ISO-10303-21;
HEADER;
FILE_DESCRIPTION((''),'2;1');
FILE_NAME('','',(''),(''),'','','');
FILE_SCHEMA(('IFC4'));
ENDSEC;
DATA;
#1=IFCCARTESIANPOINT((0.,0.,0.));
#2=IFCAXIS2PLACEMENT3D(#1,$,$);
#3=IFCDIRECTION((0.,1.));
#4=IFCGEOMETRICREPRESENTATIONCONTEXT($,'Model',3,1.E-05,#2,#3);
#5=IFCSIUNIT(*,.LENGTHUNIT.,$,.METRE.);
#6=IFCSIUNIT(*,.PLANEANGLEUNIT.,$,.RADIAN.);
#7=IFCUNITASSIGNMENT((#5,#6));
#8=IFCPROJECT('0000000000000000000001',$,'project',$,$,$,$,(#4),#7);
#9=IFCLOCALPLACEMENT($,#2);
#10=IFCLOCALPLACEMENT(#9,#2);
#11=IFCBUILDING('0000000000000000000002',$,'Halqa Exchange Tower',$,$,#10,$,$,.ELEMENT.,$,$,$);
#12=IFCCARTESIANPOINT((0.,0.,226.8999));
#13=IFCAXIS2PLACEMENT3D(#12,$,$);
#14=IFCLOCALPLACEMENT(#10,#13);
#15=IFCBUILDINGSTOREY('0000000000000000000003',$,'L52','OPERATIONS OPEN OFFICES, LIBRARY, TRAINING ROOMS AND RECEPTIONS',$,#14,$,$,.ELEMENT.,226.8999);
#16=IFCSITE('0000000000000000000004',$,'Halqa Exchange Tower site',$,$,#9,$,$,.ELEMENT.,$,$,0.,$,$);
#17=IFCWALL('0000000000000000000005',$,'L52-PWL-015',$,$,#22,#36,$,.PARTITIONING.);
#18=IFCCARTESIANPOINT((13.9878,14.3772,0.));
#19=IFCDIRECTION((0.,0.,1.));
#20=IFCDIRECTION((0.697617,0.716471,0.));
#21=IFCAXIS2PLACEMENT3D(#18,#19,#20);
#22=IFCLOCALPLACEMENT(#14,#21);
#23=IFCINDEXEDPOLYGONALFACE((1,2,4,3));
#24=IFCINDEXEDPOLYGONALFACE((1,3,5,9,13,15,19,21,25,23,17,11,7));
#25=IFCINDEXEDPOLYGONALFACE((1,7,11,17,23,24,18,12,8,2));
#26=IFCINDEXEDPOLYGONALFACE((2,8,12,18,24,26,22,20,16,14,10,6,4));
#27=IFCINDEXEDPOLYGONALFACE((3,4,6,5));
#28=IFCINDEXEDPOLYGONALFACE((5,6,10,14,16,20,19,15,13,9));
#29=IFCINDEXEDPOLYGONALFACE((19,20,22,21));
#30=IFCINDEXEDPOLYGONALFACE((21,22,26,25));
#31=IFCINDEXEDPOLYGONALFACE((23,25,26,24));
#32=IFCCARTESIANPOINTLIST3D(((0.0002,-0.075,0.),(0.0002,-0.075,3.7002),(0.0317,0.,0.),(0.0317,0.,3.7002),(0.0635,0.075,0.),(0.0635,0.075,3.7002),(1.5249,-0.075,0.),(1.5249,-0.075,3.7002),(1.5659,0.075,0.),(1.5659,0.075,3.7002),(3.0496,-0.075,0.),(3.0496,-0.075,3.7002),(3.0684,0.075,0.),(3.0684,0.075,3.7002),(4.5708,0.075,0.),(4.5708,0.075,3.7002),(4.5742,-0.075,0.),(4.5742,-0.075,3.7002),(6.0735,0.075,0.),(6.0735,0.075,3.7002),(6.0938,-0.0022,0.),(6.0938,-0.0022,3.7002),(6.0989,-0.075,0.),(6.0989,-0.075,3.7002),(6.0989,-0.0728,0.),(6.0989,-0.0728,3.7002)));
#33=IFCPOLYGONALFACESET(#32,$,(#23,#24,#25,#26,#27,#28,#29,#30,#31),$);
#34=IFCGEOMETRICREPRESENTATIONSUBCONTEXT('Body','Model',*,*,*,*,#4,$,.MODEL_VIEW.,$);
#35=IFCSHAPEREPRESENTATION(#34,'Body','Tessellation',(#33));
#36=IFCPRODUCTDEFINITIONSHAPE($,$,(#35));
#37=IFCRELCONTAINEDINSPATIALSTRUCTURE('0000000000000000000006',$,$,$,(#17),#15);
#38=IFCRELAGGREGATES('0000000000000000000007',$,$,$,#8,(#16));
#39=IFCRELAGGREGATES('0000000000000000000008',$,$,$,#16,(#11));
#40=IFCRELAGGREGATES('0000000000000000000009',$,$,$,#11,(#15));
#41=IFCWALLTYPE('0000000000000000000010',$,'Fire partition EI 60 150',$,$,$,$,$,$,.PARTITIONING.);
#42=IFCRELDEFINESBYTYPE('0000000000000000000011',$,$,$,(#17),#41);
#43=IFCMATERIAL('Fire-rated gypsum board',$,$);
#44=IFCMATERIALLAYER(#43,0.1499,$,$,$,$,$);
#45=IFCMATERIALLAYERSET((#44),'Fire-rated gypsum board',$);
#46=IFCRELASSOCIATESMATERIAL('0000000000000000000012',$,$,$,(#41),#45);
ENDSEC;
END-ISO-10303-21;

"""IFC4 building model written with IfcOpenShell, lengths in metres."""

from ifc_helpers import new_model, si_unit, direction, frame, origin, place, context, subcontext, project, spatial, polyline, outline, extrude, material, layer, layer_set, type_object, element, save


model = new_model("IFC4")

# Units and contexts
model_context = context("Model", 3, precision=1e-05, world=origin(), true_north=direction((0.0, 1.0)))
body_context = subcontext(model_context, "Body", "Model", "MODEL_VIEW")
ifc_project = project(units=[si_unit("LENGTHUNIT", "METRE"), si_unit("PLANEANGLEUNIT", "RADIAN")], contexts=[model_context])

# Site, building, storey
site_placement = place(None, origin())
site = spatial("IfcSite", under=ifc_project, at=site_placement, Name="Halqa Exchange Tower site", CompositionType="ELEMENT", RefElevation=0.0)
building_placement = place(site_placement, origin())
building = spatial("IfcBuilding", under=site, at=building_placement, Name="Halqa Exchange Tower", CompositionType="ELEMENT")
storey_placement = place(building_placement, frame((0.0, 0.0, 226.8999)))
storey = spatial("IfcBuildingStorey", under=building, at=storey_placement, Name="L52", Description="OPERATIONS OPEN OFFICES, LIBRARY, TRAINING ROOMS AND RECEPTIONS", CompositionType="ELEMENT", Elevation=226.8999)

# Wall
ifc_material_1 = material(Name="Fire-rated gypsum board")
ifc_layer_1 = layer(ifc_material_1, 0.1499)
ifc_layer_set_1 = layer_set([ifc_layer_1], Name="Fire-rated gypsum board")
wall_type_1 = type_object("IfcWallType", Name="Fire partition EI 60 150", PredefinedType="PARTITIONING", material=ifc_layer_set_1)
wall_1_placement = place(storey_placement, frame((13.9878, 14.3772, 0.0), z_axis=(0.0, 0.0, 1.0), x_axis=(0.697617, 0.716471, 0.0)))
element("IfcWall", 1, at=wall_1_placement, inside=storey, type_object=wall_type_1, Name="L52-PWL-015", PredefinedType="PARTITIONING", context=body_context, shape_type="SweptSolid", body=[
    extrude(outline(polyline([(6.0989, -0.075), (6.0989, -0.0728), (6.0938, -0.0022), (6.0735, 0.075), (4.5708, 0.075), (3.0684, 0.075), (1.5659, 0.075), (0.0635, 0.075), (0.0317, 0.0), (0.0002, -0.075), (1.5249, -0.075), (3.0496, -0.075), (4.5742, -0.075), (6.0989, -0.075)])), origin(), (0.0, 0.0, 1.0), 3.7002),
])

save(model, "model.ifc")
